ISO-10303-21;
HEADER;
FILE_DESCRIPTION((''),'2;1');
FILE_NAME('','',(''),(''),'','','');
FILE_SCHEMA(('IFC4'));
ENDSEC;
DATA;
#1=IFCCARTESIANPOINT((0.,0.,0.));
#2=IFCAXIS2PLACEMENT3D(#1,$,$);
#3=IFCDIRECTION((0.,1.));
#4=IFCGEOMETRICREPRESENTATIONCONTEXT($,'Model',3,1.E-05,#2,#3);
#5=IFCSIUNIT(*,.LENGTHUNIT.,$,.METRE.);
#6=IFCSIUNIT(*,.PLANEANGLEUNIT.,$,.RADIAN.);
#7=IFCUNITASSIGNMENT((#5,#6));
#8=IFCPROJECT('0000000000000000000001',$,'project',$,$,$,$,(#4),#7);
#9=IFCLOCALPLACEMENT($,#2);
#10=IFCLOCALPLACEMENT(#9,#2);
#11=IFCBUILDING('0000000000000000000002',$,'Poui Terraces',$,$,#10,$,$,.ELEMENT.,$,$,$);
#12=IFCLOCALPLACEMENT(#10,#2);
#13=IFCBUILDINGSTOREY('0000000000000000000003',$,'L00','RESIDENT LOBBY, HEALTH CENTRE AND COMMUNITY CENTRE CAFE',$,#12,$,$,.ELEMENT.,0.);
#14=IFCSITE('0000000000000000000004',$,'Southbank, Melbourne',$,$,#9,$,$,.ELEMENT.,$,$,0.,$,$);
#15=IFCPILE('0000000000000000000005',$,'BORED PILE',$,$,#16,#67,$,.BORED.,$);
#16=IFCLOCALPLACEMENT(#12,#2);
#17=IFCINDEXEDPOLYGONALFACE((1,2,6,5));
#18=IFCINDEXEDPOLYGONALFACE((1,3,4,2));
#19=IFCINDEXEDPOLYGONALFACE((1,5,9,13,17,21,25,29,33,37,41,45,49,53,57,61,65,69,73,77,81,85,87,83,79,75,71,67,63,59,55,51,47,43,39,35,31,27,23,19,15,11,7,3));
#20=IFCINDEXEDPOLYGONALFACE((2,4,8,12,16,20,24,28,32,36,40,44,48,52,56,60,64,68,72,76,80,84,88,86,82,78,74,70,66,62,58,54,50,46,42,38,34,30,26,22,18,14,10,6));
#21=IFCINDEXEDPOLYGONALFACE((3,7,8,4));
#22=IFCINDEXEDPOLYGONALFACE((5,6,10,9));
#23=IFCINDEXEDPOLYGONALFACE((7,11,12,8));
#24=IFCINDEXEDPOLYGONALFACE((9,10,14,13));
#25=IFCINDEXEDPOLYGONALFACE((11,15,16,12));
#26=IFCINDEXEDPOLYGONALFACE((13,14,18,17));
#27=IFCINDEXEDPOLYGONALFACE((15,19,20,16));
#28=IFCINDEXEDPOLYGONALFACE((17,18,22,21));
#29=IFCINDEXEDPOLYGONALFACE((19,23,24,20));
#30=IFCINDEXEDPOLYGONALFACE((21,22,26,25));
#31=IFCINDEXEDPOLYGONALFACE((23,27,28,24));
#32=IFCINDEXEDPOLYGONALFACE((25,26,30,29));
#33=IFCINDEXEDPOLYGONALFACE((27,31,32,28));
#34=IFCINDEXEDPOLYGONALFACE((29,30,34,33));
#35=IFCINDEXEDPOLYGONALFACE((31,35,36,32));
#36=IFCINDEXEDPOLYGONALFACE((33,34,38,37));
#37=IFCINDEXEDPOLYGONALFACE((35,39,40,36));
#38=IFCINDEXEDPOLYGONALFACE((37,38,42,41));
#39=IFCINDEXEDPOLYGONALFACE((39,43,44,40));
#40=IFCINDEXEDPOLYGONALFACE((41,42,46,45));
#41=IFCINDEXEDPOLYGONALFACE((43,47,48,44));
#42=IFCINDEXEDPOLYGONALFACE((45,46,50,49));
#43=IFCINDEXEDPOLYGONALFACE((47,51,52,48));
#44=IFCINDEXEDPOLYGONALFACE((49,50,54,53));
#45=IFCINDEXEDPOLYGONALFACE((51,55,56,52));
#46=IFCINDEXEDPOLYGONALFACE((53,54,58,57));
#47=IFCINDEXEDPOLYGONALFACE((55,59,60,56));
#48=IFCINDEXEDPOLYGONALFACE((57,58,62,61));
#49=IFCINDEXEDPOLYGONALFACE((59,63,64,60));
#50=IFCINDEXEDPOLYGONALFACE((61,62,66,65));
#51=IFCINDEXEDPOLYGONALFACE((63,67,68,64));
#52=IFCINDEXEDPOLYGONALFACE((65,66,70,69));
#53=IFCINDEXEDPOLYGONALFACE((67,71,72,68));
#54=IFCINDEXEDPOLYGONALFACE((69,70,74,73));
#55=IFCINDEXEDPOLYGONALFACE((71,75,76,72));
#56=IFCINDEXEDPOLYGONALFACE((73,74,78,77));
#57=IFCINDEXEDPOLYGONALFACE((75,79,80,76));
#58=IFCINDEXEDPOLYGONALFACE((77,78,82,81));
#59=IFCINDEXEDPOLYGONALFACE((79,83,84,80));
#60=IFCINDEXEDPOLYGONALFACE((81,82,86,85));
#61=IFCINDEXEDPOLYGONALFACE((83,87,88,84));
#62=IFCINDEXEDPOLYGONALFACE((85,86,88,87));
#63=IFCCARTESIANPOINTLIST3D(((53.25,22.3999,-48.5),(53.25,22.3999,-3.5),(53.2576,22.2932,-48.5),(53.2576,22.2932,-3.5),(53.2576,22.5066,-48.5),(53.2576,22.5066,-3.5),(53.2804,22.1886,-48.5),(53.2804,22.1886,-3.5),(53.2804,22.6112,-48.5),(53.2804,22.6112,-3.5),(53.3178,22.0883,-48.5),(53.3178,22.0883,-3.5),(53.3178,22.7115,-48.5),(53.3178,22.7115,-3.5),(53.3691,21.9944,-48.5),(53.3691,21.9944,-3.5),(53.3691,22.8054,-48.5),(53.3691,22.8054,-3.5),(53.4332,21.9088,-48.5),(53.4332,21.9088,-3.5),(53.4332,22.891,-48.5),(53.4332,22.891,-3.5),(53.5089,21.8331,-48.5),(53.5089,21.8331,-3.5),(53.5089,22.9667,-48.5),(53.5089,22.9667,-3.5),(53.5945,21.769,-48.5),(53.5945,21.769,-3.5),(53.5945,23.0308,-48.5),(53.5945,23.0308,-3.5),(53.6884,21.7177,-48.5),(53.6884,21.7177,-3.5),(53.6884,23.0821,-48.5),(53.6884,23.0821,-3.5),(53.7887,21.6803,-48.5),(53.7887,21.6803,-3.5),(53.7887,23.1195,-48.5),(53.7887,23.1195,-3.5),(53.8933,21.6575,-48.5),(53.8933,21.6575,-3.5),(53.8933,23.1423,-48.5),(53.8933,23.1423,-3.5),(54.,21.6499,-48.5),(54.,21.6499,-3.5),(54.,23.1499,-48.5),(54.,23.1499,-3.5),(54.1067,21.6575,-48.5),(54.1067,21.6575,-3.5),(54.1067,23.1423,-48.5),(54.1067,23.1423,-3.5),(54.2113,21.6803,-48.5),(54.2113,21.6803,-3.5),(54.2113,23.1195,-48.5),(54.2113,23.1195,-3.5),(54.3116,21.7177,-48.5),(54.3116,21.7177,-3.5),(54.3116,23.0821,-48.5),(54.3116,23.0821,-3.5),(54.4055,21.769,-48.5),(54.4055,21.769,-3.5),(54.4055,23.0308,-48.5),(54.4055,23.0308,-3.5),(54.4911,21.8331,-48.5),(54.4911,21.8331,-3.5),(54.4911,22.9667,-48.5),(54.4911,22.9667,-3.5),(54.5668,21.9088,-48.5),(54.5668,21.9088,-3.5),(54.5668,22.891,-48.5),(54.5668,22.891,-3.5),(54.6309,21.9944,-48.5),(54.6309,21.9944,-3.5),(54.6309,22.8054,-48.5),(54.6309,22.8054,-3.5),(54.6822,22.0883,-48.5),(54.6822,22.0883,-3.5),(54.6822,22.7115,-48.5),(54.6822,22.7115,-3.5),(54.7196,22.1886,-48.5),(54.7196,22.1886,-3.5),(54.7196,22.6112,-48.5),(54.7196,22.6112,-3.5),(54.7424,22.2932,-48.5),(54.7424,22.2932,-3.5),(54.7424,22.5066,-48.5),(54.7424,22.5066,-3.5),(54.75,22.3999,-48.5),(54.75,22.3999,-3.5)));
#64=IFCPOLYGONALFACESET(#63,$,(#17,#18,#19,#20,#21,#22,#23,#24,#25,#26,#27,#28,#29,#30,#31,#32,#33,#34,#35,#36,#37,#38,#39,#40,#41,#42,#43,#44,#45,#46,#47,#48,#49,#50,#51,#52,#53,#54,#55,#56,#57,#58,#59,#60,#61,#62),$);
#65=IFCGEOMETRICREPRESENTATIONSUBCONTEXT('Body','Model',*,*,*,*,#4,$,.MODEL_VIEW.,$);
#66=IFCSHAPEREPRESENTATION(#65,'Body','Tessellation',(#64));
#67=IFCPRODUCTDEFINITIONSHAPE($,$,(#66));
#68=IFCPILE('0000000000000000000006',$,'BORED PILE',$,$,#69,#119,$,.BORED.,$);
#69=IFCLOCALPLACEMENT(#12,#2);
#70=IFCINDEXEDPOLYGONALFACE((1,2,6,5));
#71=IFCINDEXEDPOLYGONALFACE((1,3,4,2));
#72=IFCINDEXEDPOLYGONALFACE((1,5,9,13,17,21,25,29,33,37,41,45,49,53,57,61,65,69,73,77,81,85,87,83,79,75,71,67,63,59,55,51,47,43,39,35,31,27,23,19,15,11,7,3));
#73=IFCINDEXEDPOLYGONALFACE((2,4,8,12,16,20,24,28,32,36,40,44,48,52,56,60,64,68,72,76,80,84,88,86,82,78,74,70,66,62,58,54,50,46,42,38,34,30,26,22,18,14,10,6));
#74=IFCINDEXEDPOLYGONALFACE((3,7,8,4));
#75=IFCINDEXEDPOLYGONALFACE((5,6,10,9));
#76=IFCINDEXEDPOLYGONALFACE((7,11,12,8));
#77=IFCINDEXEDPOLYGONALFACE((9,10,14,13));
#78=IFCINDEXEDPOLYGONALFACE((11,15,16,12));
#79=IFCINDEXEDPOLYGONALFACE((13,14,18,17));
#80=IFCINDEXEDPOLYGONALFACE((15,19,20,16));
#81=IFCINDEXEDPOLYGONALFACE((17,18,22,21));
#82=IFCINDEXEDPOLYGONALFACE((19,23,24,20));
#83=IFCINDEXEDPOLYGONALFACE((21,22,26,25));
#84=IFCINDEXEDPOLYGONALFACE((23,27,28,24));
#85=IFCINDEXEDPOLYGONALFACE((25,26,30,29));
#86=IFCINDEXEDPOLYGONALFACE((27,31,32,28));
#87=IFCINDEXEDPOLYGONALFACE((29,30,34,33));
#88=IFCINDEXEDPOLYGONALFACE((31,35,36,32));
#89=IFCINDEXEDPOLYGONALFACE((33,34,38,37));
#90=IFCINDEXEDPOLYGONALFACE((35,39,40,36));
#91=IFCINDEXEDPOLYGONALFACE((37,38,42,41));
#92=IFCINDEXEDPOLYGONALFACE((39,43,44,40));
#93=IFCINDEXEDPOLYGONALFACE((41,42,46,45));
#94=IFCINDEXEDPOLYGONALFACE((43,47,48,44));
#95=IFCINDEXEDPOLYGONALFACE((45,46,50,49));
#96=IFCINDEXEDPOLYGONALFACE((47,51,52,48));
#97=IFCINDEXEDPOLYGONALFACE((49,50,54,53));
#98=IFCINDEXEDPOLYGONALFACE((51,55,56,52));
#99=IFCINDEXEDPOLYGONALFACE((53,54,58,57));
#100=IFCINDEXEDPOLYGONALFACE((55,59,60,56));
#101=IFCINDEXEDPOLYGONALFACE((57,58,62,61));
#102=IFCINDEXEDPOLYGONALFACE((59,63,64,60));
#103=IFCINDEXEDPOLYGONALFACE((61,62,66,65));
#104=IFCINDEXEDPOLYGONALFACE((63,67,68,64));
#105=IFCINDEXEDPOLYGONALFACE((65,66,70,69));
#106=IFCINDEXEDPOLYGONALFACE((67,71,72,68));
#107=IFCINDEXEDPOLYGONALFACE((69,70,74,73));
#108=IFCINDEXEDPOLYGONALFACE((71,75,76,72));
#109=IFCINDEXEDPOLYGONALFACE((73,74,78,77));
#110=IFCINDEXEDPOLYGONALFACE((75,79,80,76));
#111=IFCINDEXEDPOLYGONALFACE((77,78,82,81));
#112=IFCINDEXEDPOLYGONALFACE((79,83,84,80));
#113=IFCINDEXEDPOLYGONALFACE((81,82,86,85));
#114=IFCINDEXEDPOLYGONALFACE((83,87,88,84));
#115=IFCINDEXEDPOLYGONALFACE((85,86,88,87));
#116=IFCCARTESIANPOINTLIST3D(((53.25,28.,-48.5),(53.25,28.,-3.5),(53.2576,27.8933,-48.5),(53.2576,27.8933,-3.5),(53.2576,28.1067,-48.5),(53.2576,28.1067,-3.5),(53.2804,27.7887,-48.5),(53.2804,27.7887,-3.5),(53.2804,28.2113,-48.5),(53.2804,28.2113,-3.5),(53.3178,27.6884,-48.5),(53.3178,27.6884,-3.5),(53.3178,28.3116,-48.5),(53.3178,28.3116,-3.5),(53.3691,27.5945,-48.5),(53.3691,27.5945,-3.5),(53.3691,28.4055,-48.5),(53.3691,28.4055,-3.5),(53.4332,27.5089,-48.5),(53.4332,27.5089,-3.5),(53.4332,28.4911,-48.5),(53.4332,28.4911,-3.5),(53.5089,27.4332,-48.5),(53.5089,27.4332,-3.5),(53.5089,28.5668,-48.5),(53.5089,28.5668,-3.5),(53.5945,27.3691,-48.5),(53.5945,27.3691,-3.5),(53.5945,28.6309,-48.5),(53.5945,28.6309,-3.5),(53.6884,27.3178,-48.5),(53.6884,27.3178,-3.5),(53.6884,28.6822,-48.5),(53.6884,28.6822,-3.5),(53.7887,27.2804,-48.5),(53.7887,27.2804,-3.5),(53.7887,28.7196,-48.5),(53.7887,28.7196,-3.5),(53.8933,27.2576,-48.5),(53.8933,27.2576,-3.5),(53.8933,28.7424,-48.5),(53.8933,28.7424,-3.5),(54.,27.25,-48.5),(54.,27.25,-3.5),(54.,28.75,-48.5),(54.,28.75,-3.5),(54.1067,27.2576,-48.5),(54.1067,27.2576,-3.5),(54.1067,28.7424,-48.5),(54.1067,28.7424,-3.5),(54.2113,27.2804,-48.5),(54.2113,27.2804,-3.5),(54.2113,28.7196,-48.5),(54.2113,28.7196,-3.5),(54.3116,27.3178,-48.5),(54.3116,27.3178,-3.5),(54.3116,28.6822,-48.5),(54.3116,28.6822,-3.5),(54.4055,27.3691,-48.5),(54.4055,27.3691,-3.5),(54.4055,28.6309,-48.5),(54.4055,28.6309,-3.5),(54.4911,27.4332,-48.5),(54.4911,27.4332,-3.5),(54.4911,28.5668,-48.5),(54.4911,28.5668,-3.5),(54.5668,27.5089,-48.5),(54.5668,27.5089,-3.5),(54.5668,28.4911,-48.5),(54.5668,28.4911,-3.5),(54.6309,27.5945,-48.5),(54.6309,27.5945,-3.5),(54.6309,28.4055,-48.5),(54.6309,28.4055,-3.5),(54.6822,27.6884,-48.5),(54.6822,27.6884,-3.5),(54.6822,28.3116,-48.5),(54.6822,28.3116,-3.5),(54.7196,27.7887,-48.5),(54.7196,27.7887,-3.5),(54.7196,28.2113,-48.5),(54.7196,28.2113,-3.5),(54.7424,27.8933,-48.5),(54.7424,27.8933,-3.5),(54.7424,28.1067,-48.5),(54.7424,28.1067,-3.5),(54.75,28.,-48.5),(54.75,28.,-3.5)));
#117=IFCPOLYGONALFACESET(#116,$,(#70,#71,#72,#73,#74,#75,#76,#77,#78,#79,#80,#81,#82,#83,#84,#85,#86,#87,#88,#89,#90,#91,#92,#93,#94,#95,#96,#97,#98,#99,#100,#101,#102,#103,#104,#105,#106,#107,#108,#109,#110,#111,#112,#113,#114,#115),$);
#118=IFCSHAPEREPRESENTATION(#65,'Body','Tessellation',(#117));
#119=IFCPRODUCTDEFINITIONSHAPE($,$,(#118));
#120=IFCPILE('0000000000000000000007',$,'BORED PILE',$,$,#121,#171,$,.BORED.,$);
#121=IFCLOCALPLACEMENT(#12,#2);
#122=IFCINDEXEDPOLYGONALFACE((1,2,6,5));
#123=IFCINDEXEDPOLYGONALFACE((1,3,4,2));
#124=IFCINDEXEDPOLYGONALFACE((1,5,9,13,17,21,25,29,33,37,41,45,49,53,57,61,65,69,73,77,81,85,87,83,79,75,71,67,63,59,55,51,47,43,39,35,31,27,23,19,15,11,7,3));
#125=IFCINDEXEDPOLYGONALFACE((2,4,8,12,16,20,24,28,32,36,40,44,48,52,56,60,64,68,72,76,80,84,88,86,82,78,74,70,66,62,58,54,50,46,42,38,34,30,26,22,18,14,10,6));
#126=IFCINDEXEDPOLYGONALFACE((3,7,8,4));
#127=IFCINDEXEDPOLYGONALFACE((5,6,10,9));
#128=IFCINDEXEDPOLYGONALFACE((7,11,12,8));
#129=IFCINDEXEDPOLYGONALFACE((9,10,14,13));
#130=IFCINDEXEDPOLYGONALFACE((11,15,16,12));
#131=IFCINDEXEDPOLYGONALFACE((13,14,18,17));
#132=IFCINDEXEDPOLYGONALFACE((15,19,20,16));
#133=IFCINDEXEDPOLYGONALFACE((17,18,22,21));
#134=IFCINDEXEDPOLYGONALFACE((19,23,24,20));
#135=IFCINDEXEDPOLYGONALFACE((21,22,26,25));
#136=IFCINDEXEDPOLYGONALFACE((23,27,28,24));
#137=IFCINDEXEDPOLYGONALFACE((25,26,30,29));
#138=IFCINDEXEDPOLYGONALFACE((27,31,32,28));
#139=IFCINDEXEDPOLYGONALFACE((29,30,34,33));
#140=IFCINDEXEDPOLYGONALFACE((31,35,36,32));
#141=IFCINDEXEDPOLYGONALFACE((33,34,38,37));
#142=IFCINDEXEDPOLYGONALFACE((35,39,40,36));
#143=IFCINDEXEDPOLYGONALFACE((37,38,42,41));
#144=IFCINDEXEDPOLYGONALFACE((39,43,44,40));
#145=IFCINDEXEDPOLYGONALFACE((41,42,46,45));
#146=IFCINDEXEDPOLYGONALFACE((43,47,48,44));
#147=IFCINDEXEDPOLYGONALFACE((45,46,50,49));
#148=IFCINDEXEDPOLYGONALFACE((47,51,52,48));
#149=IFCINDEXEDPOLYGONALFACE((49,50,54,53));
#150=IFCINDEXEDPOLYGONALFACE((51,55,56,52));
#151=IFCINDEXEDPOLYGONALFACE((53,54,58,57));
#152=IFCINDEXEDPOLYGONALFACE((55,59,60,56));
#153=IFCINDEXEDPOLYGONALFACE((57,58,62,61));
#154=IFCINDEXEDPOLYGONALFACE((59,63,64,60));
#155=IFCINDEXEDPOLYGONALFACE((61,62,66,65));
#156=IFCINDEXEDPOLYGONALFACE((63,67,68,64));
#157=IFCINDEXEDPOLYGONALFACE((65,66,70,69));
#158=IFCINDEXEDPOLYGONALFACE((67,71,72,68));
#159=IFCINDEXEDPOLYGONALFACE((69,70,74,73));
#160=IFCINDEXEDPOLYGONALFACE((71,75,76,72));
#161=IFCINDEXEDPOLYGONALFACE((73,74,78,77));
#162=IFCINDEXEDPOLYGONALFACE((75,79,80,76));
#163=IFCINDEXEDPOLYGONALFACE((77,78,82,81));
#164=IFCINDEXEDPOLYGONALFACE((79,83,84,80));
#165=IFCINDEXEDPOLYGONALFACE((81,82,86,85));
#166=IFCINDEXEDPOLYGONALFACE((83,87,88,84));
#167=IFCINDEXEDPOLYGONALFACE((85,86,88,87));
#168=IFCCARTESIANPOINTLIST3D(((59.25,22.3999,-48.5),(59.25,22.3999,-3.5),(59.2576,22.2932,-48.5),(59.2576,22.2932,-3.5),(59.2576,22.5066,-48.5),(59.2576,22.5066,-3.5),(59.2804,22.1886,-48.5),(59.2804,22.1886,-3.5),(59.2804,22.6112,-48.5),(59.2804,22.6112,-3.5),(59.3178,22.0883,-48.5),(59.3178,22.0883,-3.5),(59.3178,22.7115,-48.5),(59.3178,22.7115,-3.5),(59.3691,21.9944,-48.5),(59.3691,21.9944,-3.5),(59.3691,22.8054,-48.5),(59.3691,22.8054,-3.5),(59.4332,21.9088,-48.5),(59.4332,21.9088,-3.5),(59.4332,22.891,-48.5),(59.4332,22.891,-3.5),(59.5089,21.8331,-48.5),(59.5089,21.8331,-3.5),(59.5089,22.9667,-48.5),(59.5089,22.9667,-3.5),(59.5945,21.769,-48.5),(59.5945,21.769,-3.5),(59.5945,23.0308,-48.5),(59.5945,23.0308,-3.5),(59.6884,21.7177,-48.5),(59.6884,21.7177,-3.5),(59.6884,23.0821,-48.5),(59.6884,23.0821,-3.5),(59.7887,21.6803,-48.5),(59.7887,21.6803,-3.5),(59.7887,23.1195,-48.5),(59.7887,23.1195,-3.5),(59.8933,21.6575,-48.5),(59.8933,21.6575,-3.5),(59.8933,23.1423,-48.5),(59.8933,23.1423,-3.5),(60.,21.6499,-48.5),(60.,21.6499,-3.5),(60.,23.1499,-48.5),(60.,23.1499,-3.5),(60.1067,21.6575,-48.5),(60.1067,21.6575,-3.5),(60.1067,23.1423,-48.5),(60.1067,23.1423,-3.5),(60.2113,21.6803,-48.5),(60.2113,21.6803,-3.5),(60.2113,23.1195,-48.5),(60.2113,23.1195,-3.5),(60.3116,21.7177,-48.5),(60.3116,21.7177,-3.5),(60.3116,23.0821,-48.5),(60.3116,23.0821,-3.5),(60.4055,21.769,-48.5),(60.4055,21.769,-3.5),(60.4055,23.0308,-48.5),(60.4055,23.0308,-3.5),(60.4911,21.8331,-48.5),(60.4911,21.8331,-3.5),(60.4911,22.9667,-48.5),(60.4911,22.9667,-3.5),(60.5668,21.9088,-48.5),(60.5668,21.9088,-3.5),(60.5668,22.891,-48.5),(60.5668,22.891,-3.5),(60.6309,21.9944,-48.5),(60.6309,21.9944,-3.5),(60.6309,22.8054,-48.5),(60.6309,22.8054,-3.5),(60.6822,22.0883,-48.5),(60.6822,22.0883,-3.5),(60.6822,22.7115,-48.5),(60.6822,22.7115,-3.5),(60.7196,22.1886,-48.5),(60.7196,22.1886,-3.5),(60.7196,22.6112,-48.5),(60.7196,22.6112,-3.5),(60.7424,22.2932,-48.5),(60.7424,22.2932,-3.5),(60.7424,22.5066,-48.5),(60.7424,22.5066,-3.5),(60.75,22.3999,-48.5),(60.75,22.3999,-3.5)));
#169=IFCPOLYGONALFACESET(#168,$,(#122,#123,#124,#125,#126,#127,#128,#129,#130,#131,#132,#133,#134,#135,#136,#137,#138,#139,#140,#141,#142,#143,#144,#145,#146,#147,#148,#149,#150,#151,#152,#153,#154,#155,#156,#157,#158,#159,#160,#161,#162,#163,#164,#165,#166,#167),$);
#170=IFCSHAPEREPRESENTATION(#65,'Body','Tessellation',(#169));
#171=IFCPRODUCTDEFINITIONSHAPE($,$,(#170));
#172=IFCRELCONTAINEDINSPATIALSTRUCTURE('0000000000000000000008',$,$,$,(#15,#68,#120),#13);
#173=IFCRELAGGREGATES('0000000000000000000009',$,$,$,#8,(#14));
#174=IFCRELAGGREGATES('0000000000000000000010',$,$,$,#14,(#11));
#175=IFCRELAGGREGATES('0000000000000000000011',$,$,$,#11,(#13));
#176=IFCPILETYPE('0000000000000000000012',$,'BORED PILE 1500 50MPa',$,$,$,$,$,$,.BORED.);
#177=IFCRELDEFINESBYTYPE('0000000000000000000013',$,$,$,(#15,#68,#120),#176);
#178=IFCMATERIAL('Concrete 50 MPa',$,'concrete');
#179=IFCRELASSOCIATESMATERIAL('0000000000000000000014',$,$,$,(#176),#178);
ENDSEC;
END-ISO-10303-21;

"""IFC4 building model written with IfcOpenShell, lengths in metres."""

from ifc_helpers import new_model, si_unit, direction, frame, origin, origin_2d, place, context, subcontext, project, spatial, circle, extrude, material, material_profile, profile_set, type_object, element, save


model = new_model("IFC4")

# Units and contexts
model_context = context("Model", 3, precision=1e-05, world=origin(), true_north=direction((0.0, 1.0)))
body_context = subcontext(model_context, "Body", "Model", "MODEL_VIEW")
ifc_project = project(units=[si_unit("LENGTHUNIT", "METRE"), si_unit("PLANEANGLEUNIT", "RADIAN")], contexts=[model_context])

# Site, building, storey
site_placement = place(None, origin())
site = spatial("IfcSite", under=ifc_project, at=site_placement, Name="Southbank, Melbourne", CompositionType="ELEMENT", RefElevation=0.0)
building_placement = place(site_placement, origin())
building = spatial("IfcBuilding", under=site, at=building_placement, Name="Poui Terraces", CompositionType="ELEMENT")
storey_placement = place(building_placement, origin())
storey = spatial("IfcBuildingStorey", under=building, at=storey_placement, Name="L00", Description="RESIDENT LOBBY, HEALTH CENTRE AND COMMUNITY CENTRE CAFE", CompositionType="ELEMENT", Elevation=0.0)

# Piles
ifc_material_1 = material(Name="Concrete 50 MPa", Category="concrete")
ifc_material_profile = material_profile(ifc_material_1, circle(Radius=0.75, at=origin_2d()), Name="RC D1500")
ifc_profile_set = profile_set([ifc_material_profile], Name="Concrete 50 MPa")
pile_type = type_object("IfcPileType", Name="BORED PILE 1500 50MPa", PredefinedType="BORED", material=ifc_profile_set)
for number, where, z_axis, x_axis, name in (
    (1, (54.0, 22.3999, -3.5), (0.0, 0.0, -1.0), (1.0, 0.0, 0.0), "BORED PILE"),
    (2, (54.0, 28.0, -3.5), (0.0, 0.0, -1.0), (1.0, 0.0, 0.0), "BORED PILE"),
    (3, (60.0, 22.3999, -3.5), (0.0, 0.0, -1.0), (1.0, 0.0, 0.0), "BORED PILE"),
):
    element("IfcPile", number, at=place(storey_placement, frame(where, z_axis=z_axis, x_axis=x_axis)), inside=storey, type_object=pile_type, Name=name, PredefinedType="BORED", context=body_context, shape_type="SweptSolid", body=[
        extrude(circle(Radius=0.75, at=origin_2d()), origin(), (0.0, 0.0, 1.0), 45.0),
    ])

save(model, "model.ifc")
